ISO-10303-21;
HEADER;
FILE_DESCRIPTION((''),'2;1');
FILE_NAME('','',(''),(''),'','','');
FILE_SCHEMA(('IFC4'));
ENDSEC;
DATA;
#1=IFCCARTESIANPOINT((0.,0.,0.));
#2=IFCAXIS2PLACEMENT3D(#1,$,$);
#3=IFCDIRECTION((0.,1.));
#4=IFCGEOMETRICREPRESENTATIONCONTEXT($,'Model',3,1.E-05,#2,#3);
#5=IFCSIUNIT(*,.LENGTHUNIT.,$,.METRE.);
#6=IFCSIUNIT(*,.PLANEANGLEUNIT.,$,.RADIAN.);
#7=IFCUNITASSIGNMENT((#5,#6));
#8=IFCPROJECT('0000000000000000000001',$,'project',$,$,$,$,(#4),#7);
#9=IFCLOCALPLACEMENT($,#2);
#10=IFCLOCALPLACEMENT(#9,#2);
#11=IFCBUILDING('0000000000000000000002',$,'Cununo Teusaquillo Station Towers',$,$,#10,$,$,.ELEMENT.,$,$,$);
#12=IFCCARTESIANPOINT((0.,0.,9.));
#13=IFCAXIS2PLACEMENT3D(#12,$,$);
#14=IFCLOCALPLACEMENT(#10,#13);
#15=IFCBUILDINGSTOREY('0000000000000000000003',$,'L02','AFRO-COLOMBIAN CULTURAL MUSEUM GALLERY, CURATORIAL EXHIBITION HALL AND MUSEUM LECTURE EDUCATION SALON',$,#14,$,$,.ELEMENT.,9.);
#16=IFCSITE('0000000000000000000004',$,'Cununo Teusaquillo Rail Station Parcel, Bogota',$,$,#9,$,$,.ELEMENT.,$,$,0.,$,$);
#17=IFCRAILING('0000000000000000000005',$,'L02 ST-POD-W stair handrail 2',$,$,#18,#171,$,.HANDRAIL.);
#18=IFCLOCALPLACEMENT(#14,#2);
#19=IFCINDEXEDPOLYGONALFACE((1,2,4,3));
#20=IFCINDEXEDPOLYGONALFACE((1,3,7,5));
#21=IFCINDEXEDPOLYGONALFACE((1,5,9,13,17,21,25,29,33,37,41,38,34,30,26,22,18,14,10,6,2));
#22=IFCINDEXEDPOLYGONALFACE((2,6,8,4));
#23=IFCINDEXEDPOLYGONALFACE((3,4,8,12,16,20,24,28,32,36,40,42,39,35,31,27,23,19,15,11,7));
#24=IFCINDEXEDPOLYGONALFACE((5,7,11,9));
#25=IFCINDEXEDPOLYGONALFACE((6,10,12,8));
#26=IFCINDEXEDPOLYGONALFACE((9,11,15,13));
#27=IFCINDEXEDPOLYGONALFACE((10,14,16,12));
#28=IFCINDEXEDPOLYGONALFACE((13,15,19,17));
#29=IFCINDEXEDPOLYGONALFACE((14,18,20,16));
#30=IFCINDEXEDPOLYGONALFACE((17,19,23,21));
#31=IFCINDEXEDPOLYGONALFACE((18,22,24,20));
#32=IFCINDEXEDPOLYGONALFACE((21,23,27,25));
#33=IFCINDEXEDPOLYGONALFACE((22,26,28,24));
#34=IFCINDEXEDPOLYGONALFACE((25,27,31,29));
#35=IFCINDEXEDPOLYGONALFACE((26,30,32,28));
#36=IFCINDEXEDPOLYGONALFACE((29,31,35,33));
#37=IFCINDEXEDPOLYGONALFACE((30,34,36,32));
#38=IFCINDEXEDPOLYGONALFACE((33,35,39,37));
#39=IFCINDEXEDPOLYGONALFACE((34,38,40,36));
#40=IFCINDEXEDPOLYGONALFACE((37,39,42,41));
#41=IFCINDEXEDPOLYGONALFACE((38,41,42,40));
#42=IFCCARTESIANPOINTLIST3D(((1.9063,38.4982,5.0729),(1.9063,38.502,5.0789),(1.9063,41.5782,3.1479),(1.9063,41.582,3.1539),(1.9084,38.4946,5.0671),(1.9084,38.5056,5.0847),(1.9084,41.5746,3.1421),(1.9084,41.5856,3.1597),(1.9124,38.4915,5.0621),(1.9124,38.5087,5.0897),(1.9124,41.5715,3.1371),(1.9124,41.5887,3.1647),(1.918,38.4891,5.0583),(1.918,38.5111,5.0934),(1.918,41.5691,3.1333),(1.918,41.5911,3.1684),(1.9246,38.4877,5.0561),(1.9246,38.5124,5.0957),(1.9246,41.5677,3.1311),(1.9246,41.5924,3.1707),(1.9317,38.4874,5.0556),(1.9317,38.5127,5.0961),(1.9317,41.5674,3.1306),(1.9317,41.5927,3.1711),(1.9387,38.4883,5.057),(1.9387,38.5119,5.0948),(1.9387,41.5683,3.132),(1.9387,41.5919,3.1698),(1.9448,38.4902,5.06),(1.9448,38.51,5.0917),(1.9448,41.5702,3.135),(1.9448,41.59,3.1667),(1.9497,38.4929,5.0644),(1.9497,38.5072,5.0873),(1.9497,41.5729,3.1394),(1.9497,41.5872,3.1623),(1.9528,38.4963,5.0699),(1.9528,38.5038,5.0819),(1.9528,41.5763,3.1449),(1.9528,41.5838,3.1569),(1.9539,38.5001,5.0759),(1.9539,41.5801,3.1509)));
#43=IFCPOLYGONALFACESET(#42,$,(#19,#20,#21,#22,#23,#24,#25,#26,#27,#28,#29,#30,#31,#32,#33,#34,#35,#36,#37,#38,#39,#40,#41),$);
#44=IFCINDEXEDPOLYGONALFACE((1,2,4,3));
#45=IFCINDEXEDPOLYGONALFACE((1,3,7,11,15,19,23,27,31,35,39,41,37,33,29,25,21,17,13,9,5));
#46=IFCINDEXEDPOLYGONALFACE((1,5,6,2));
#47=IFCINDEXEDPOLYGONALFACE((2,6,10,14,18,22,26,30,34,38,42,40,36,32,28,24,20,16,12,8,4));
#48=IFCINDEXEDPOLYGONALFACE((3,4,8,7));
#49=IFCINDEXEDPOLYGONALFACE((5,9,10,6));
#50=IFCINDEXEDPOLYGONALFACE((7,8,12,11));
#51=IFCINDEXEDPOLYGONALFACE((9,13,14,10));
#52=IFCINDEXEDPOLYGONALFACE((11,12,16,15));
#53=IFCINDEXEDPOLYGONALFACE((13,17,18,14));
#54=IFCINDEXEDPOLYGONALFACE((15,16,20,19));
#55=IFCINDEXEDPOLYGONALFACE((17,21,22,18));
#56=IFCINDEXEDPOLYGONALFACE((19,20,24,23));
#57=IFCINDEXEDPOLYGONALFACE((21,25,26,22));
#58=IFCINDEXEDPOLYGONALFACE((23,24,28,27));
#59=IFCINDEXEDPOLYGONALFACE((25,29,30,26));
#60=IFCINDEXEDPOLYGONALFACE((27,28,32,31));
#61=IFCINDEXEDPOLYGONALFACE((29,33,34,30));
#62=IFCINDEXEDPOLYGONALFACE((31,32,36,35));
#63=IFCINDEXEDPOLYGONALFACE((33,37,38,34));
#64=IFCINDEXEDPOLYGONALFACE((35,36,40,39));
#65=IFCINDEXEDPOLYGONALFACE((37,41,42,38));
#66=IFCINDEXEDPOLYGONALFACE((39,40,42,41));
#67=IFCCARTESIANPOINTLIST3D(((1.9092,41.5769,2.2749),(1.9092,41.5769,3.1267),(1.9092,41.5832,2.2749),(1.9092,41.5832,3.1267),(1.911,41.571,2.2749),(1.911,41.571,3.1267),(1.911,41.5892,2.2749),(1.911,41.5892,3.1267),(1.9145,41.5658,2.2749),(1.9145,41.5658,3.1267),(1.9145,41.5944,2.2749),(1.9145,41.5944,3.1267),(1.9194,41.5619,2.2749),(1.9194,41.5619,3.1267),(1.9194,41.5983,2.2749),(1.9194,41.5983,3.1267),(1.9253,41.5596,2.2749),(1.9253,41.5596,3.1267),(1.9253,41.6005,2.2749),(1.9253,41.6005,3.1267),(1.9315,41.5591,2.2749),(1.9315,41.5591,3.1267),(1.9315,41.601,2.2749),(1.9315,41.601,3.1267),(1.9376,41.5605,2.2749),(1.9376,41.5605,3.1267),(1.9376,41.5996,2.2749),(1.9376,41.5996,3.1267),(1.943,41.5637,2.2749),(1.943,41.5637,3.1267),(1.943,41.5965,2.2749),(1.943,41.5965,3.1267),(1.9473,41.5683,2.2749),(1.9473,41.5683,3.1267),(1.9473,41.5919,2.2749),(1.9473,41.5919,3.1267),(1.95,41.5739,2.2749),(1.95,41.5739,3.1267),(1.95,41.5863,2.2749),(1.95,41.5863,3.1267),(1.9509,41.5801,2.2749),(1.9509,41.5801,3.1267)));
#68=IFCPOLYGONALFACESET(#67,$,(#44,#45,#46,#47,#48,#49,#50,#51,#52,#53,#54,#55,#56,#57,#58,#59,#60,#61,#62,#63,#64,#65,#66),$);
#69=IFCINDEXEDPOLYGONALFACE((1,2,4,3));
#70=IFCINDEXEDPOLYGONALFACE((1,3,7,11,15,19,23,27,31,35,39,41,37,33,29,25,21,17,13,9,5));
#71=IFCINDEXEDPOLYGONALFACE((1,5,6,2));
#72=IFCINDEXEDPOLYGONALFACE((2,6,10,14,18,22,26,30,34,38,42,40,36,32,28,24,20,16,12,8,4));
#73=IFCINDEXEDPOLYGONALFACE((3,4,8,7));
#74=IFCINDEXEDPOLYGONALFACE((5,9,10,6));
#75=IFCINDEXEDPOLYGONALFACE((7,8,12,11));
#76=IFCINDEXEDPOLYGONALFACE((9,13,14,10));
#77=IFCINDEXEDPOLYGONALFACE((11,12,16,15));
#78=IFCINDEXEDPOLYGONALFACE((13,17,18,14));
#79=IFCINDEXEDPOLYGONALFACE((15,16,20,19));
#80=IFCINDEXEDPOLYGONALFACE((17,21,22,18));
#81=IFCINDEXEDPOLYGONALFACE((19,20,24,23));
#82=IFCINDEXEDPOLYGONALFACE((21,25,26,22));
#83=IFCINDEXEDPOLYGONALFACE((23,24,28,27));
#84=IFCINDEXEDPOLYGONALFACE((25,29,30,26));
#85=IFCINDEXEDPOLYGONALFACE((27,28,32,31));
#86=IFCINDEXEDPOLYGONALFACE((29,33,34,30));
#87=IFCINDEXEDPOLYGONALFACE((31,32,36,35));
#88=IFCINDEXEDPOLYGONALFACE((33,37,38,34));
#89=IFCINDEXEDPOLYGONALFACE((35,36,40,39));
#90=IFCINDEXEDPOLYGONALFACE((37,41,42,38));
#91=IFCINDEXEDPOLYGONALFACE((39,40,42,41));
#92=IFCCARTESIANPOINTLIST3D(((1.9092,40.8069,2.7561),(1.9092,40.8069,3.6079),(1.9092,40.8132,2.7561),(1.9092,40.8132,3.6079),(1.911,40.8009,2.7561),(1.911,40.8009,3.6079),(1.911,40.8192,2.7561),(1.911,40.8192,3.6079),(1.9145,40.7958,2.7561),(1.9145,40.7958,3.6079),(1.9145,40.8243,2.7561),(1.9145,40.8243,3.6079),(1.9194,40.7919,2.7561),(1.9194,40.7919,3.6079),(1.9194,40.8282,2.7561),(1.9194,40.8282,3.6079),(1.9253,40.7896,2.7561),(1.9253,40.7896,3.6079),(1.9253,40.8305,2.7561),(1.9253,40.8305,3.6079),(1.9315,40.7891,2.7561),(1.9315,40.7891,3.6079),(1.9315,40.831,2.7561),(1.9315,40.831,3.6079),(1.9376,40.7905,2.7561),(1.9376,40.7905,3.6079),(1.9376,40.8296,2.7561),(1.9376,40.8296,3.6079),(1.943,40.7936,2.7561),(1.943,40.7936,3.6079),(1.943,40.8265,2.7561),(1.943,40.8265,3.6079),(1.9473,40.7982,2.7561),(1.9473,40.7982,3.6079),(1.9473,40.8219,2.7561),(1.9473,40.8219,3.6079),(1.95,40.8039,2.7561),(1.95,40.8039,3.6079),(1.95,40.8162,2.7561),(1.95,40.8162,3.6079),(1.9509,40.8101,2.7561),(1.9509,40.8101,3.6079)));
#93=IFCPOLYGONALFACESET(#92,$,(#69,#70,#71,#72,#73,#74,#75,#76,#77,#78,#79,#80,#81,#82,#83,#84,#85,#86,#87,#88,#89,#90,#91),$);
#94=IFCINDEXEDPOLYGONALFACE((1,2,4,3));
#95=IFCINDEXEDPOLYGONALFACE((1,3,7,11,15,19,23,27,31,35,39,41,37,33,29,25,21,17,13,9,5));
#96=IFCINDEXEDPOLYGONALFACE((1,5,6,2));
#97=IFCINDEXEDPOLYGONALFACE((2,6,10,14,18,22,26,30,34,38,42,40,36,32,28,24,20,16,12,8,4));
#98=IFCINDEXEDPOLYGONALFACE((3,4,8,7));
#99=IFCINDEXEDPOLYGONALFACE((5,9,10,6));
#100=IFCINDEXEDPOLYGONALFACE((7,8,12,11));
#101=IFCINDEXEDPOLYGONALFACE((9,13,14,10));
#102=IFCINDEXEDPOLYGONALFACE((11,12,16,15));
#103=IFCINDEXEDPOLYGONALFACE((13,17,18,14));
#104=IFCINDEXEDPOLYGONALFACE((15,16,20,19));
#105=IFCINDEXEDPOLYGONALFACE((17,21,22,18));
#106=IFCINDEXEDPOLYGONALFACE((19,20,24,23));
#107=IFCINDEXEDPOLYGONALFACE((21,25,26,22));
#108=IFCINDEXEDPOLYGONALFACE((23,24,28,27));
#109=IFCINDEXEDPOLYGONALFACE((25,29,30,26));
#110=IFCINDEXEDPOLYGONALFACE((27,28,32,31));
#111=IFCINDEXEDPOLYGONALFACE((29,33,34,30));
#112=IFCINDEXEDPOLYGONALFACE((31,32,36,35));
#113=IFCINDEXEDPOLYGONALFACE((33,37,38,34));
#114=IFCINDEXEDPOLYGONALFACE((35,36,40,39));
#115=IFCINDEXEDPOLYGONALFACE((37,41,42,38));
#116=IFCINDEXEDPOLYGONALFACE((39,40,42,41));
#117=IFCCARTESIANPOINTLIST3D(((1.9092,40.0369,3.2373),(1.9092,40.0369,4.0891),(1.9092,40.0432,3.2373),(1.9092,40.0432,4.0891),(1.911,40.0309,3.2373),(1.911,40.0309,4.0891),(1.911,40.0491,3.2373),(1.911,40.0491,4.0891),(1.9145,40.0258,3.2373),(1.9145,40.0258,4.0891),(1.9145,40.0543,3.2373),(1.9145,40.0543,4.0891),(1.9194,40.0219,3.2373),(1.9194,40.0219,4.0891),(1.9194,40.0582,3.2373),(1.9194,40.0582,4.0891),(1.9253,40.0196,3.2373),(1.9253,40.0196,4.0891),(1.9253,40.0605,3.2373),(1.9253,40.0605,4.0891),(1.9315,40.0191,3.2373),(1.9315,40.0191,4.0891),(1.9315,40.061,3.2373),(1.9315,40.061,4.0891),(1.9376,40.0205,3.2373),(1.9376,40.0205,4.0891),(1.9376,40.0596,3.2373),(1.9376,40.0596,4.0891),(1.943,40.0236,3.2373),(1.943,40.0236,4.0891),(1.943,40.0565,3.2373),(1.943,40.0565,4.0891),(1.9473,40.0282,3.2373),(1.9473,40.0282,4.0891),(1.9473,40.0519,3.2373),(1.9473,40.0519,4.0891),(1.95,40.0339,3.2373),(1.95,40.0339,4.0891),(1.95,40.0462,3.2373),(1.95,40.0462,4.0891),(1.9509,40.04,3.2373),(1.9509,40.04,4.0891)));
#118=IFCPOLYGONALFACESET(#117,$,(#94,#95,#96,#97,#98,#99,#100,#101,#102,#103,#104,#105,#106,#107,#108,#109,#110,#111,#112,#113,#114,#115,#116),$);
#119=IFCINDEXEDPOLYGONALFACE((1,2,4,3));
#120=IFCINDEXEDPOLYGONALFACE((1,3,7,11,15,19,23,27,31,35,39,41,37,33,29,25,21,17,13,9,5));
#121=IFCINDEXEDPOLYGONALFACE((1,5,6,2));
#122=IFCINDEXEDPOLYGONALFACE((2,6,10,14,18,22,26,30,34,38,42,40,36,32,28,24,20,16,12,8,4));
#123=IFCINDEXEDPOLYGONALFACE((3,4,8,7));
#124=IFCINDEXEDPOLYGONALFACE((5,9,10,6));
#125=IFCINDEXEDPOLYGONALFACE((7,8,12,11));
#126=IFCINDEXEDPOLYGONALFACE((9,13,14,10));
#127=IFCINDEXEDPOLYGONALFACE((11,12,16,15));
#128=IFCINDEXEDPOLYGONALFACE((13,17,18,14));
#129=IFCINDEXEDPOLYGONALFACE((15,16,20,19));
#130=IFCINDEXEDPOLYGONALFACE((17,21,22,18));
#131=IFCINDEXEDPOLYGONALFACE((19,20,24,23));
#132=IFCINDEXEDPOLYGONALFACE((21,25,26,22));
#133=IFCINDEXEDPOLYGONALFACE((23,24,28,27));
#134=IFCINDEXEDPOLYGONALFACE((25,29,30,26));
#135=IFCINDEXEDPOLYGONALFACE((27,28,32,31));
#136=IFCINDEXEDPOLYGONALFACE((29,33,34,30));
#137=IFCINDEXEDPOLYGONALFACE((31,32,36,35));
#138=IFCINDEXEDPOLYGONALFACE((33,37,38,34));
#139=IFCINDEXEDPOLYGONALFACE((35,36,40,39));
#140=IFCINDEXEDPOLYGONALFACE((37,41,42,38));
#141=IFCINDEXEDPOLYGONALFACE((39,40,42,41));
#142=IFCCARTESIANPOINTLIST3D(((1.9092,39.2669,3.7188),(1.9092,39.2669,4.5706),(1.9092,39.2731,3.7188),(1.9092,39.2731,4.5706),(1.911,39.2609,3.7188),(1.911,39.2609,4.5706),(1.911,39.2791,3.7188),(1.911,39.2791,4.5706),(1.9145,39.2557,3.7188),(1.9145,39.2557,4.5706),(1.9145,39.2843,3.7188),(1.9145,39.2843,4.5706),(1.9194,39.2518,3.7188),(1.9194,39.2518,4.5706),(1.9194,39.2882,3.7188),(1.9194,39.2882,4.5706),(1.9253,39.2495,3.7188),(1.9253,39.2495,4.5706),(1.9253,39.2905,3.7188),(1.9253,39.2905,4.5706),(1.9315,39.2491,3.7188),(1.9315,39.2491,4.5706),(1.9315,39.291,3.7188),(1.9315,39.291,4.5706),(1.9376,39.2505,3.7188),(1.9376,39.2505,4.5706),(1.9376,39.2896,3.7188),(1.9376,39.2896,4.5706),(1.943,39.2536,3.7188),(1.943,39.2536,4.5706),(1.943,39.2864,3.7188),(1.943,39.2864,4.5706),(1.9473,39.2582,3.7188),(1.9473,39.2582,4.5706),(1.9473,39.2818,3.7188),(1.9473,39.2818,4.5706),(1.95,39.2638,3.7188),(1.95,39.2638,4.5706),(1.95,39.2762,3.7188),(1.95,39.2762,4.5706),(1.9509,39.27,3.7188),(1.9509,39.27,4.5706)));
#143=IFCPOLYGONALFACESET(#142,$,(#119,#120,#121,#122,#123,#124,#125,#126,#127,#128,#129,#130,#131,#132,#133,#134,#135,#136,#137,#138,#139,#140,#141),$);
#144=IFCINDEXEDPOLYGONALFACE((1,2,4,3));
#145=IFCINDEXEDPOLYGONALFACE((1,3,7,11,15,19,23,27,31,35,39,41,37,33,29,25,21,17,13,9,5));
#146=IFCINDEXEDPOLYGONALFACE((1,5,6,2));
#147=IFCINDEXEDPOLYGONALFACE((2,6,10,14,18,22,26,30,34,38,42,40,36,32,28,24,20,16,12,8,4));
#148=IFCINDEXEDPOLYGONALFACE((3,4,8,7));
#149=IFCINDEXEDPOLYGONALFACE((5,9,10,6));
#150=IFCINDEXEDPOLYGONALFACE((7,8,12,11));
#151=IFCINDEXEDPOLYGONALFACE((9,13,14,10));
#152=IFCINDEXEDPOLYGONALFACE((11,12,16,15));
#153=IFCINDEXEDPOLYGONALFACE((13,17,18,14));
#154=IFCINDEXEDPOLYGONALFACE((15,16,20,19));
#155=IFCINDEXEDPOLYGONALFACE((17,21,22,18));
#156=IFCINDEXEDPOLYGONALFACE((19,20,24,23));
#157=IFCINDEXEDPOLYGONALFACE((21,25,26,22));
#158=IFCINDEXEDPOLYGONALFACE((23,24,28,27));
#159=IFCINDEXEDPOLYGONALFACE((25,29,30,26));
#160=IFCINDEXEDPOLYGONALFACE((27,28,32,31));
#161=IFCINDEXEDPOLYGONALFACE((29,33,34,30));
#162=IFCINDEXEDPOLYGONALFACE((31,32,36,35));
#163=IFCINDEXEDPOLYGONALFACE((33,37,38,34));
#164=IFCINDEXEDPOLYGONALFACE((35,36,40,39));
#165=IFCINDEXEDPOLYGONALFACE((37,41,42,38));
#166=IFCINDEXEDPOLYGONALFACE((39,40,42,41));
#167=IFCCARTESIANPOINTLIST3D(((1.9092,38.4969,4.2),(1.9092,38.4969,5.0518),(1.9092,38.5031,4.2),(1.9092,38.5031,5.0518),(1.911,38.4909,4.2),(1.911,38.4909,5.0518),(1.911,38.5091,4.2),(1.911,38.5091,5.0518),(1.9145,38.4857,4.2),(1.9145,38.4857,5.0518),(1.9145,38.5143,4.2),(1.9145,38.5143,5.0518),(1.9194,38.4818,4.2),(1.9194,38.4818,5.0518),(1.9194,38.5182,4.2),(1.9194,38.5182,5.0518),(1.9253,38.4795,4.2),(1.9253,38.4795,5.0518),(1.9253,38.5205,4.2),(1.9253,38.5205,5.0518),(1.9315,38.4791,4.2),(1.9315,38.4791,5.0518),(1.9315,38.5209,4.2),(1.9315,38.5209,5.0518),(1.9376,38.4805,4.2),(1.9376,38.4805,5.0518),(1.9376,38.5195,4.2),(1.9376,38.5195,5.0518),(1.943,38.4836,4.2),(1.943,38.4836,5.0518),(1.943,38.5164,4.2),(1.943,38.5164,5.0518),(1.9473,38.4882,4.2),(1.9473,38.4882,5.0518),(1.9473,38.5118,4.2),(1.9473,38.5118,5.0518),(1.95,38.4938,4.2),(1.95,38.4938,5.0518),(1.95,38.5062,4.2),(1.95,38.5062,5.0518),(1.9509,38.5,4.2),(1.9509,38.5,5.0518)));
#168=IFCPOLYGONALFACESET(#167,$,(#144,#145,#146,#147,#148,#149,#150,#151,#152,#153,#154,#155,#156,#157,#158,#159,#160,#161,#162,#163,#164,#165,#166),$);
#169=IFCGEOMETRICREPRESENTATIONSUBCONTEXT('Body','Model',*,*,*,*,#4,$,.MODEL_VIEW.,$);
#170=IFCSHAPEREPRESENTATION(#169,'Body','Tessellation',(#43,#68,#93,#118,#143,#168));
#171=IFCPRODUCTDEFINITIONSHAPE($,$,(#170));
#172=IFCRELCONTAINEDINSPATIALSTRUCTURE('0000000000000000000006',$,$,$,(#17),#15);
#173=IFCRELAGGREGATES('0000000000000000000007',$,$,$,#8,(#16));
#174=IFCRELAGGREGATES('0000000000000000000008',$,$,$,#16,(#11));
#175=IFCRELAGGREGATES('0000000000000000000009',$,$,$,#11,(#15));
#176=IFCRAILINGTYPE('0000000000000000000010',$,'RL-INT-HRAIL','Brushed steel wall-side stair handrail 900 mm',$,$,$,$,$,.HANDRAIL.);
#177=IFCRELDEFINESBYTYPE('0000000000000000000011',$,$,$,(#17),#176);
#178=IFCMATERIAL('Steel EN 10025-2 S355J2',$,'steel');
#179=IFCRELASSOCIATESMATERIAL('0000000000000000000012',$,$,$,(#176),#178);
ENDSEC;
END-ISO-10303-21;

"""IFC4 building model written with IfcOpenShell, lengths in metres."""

from ifc_helpers import new_model, si_unit, direction, frame, origin, origin_2d, place, context, subcontext, project, spatial, circle, extrude, material, type_object, element, save


model = new_model("IFC4")

# Units and contexts
model_context = context("Model", 3, precision=1e-05, world=origin(), true_north=direction((0.0, 1.0)))
body_context = subcontext(model_context, "Body", "Model", "MODEL_VIEW")
ifc_project = project(units=[si_unit("LENGTHUNIT", "METRE"), si_unit("PLANEANGLEUNIT", "RADIAN")], contexts=[model_context])

# Site, building, storey
site_placement = place(None, origin())
site = spatial("IfcSite", under=ifc_project, at=site_placement, Name="Cununo Teusaquillo Rail Station Parcel, Bogota", CompositionType="ELEMENT", RefElevation=0.0)
building_placement = place(site_placement, origin())
building = spatial("IfcBuilding", under=site, at=building_placement, Name="Cununo Teusaquillo Station Towers", CompositionType="ELEMENT")
storey_placement = place(building_placement, frame((0.0, 0.0, 9.0)))
storey = spatial("IfcBuildingStorey", under=building, at=storey_placement, Name="L02", Description="AFRO-COLOMBIAN CULTURAL MUSEUM GALLERY, CURATORIAL EXHIBITION HALL AND MUSEUM LECTURE EDUCATION SALON", CompositionType="ELEMENT", Elevation=9.0)

# Railing
ifc_material_1 = material(Name="Steel EN 10025-2 S355J2", Category="steel")
railing_type_1 = type_object("IfcRailingType", Name="RL-INT-HRAIL", Description="Brushed steel wall-side stair handrail 900 mm", PredefinedType="HANDRAIL", material=ifc_material_1)
railing_1_placement = place(storey_placement, frame((1.9299, 41.5801, 2.2749)))
element("IfcRailing", 1, at=railing_1_placement, inside=storey, type_object=railing_type_1, Name="L02 ST-POD-W stair handrail 2", PredefinedType="HANDRAIL", context=body_context, shape_type="SweptSolid", body=[
    extrude(circle(Radius=0.0239, at=origin_2d()), frame((0.0, 0.0, 0.876), z_axis=(0.0, -0.847998, 0.529999), x_axis=(1.0, 0.0, 0.0)), (0.0, 0.0, 1.0), 3.6321),
    extrude(circle(Radius=0.021, at=origin_2d()), origin(), (0.0, 0.0, 1.0), 0.8518),
    extrude(circle(Radius=0.021, at=origin_2d()), frame((0.0, -0.77, 0.4812)), (0.0, 0.0, 1.0), 0.8518),
    extrude(circle(Radius=0.021, at=origin_2d()), frame((0.0, -1.54, 0.9624)), (0.0, 0.0, 1.0), 0.8518),
    extrude(circle(Radius=0.021, at=origin_2d()), frame((0.0, -2.3101, 1.4438)), (0.0, 0.0, 1.0), 0.8518),
    extrude(circle(Radius=0.021, at=origin_2d()), frame((0.0, -3.0801, 1.925)), (0.0, 0.0, 1.0), 0.8518),
])

save(model, "model.ifc")
